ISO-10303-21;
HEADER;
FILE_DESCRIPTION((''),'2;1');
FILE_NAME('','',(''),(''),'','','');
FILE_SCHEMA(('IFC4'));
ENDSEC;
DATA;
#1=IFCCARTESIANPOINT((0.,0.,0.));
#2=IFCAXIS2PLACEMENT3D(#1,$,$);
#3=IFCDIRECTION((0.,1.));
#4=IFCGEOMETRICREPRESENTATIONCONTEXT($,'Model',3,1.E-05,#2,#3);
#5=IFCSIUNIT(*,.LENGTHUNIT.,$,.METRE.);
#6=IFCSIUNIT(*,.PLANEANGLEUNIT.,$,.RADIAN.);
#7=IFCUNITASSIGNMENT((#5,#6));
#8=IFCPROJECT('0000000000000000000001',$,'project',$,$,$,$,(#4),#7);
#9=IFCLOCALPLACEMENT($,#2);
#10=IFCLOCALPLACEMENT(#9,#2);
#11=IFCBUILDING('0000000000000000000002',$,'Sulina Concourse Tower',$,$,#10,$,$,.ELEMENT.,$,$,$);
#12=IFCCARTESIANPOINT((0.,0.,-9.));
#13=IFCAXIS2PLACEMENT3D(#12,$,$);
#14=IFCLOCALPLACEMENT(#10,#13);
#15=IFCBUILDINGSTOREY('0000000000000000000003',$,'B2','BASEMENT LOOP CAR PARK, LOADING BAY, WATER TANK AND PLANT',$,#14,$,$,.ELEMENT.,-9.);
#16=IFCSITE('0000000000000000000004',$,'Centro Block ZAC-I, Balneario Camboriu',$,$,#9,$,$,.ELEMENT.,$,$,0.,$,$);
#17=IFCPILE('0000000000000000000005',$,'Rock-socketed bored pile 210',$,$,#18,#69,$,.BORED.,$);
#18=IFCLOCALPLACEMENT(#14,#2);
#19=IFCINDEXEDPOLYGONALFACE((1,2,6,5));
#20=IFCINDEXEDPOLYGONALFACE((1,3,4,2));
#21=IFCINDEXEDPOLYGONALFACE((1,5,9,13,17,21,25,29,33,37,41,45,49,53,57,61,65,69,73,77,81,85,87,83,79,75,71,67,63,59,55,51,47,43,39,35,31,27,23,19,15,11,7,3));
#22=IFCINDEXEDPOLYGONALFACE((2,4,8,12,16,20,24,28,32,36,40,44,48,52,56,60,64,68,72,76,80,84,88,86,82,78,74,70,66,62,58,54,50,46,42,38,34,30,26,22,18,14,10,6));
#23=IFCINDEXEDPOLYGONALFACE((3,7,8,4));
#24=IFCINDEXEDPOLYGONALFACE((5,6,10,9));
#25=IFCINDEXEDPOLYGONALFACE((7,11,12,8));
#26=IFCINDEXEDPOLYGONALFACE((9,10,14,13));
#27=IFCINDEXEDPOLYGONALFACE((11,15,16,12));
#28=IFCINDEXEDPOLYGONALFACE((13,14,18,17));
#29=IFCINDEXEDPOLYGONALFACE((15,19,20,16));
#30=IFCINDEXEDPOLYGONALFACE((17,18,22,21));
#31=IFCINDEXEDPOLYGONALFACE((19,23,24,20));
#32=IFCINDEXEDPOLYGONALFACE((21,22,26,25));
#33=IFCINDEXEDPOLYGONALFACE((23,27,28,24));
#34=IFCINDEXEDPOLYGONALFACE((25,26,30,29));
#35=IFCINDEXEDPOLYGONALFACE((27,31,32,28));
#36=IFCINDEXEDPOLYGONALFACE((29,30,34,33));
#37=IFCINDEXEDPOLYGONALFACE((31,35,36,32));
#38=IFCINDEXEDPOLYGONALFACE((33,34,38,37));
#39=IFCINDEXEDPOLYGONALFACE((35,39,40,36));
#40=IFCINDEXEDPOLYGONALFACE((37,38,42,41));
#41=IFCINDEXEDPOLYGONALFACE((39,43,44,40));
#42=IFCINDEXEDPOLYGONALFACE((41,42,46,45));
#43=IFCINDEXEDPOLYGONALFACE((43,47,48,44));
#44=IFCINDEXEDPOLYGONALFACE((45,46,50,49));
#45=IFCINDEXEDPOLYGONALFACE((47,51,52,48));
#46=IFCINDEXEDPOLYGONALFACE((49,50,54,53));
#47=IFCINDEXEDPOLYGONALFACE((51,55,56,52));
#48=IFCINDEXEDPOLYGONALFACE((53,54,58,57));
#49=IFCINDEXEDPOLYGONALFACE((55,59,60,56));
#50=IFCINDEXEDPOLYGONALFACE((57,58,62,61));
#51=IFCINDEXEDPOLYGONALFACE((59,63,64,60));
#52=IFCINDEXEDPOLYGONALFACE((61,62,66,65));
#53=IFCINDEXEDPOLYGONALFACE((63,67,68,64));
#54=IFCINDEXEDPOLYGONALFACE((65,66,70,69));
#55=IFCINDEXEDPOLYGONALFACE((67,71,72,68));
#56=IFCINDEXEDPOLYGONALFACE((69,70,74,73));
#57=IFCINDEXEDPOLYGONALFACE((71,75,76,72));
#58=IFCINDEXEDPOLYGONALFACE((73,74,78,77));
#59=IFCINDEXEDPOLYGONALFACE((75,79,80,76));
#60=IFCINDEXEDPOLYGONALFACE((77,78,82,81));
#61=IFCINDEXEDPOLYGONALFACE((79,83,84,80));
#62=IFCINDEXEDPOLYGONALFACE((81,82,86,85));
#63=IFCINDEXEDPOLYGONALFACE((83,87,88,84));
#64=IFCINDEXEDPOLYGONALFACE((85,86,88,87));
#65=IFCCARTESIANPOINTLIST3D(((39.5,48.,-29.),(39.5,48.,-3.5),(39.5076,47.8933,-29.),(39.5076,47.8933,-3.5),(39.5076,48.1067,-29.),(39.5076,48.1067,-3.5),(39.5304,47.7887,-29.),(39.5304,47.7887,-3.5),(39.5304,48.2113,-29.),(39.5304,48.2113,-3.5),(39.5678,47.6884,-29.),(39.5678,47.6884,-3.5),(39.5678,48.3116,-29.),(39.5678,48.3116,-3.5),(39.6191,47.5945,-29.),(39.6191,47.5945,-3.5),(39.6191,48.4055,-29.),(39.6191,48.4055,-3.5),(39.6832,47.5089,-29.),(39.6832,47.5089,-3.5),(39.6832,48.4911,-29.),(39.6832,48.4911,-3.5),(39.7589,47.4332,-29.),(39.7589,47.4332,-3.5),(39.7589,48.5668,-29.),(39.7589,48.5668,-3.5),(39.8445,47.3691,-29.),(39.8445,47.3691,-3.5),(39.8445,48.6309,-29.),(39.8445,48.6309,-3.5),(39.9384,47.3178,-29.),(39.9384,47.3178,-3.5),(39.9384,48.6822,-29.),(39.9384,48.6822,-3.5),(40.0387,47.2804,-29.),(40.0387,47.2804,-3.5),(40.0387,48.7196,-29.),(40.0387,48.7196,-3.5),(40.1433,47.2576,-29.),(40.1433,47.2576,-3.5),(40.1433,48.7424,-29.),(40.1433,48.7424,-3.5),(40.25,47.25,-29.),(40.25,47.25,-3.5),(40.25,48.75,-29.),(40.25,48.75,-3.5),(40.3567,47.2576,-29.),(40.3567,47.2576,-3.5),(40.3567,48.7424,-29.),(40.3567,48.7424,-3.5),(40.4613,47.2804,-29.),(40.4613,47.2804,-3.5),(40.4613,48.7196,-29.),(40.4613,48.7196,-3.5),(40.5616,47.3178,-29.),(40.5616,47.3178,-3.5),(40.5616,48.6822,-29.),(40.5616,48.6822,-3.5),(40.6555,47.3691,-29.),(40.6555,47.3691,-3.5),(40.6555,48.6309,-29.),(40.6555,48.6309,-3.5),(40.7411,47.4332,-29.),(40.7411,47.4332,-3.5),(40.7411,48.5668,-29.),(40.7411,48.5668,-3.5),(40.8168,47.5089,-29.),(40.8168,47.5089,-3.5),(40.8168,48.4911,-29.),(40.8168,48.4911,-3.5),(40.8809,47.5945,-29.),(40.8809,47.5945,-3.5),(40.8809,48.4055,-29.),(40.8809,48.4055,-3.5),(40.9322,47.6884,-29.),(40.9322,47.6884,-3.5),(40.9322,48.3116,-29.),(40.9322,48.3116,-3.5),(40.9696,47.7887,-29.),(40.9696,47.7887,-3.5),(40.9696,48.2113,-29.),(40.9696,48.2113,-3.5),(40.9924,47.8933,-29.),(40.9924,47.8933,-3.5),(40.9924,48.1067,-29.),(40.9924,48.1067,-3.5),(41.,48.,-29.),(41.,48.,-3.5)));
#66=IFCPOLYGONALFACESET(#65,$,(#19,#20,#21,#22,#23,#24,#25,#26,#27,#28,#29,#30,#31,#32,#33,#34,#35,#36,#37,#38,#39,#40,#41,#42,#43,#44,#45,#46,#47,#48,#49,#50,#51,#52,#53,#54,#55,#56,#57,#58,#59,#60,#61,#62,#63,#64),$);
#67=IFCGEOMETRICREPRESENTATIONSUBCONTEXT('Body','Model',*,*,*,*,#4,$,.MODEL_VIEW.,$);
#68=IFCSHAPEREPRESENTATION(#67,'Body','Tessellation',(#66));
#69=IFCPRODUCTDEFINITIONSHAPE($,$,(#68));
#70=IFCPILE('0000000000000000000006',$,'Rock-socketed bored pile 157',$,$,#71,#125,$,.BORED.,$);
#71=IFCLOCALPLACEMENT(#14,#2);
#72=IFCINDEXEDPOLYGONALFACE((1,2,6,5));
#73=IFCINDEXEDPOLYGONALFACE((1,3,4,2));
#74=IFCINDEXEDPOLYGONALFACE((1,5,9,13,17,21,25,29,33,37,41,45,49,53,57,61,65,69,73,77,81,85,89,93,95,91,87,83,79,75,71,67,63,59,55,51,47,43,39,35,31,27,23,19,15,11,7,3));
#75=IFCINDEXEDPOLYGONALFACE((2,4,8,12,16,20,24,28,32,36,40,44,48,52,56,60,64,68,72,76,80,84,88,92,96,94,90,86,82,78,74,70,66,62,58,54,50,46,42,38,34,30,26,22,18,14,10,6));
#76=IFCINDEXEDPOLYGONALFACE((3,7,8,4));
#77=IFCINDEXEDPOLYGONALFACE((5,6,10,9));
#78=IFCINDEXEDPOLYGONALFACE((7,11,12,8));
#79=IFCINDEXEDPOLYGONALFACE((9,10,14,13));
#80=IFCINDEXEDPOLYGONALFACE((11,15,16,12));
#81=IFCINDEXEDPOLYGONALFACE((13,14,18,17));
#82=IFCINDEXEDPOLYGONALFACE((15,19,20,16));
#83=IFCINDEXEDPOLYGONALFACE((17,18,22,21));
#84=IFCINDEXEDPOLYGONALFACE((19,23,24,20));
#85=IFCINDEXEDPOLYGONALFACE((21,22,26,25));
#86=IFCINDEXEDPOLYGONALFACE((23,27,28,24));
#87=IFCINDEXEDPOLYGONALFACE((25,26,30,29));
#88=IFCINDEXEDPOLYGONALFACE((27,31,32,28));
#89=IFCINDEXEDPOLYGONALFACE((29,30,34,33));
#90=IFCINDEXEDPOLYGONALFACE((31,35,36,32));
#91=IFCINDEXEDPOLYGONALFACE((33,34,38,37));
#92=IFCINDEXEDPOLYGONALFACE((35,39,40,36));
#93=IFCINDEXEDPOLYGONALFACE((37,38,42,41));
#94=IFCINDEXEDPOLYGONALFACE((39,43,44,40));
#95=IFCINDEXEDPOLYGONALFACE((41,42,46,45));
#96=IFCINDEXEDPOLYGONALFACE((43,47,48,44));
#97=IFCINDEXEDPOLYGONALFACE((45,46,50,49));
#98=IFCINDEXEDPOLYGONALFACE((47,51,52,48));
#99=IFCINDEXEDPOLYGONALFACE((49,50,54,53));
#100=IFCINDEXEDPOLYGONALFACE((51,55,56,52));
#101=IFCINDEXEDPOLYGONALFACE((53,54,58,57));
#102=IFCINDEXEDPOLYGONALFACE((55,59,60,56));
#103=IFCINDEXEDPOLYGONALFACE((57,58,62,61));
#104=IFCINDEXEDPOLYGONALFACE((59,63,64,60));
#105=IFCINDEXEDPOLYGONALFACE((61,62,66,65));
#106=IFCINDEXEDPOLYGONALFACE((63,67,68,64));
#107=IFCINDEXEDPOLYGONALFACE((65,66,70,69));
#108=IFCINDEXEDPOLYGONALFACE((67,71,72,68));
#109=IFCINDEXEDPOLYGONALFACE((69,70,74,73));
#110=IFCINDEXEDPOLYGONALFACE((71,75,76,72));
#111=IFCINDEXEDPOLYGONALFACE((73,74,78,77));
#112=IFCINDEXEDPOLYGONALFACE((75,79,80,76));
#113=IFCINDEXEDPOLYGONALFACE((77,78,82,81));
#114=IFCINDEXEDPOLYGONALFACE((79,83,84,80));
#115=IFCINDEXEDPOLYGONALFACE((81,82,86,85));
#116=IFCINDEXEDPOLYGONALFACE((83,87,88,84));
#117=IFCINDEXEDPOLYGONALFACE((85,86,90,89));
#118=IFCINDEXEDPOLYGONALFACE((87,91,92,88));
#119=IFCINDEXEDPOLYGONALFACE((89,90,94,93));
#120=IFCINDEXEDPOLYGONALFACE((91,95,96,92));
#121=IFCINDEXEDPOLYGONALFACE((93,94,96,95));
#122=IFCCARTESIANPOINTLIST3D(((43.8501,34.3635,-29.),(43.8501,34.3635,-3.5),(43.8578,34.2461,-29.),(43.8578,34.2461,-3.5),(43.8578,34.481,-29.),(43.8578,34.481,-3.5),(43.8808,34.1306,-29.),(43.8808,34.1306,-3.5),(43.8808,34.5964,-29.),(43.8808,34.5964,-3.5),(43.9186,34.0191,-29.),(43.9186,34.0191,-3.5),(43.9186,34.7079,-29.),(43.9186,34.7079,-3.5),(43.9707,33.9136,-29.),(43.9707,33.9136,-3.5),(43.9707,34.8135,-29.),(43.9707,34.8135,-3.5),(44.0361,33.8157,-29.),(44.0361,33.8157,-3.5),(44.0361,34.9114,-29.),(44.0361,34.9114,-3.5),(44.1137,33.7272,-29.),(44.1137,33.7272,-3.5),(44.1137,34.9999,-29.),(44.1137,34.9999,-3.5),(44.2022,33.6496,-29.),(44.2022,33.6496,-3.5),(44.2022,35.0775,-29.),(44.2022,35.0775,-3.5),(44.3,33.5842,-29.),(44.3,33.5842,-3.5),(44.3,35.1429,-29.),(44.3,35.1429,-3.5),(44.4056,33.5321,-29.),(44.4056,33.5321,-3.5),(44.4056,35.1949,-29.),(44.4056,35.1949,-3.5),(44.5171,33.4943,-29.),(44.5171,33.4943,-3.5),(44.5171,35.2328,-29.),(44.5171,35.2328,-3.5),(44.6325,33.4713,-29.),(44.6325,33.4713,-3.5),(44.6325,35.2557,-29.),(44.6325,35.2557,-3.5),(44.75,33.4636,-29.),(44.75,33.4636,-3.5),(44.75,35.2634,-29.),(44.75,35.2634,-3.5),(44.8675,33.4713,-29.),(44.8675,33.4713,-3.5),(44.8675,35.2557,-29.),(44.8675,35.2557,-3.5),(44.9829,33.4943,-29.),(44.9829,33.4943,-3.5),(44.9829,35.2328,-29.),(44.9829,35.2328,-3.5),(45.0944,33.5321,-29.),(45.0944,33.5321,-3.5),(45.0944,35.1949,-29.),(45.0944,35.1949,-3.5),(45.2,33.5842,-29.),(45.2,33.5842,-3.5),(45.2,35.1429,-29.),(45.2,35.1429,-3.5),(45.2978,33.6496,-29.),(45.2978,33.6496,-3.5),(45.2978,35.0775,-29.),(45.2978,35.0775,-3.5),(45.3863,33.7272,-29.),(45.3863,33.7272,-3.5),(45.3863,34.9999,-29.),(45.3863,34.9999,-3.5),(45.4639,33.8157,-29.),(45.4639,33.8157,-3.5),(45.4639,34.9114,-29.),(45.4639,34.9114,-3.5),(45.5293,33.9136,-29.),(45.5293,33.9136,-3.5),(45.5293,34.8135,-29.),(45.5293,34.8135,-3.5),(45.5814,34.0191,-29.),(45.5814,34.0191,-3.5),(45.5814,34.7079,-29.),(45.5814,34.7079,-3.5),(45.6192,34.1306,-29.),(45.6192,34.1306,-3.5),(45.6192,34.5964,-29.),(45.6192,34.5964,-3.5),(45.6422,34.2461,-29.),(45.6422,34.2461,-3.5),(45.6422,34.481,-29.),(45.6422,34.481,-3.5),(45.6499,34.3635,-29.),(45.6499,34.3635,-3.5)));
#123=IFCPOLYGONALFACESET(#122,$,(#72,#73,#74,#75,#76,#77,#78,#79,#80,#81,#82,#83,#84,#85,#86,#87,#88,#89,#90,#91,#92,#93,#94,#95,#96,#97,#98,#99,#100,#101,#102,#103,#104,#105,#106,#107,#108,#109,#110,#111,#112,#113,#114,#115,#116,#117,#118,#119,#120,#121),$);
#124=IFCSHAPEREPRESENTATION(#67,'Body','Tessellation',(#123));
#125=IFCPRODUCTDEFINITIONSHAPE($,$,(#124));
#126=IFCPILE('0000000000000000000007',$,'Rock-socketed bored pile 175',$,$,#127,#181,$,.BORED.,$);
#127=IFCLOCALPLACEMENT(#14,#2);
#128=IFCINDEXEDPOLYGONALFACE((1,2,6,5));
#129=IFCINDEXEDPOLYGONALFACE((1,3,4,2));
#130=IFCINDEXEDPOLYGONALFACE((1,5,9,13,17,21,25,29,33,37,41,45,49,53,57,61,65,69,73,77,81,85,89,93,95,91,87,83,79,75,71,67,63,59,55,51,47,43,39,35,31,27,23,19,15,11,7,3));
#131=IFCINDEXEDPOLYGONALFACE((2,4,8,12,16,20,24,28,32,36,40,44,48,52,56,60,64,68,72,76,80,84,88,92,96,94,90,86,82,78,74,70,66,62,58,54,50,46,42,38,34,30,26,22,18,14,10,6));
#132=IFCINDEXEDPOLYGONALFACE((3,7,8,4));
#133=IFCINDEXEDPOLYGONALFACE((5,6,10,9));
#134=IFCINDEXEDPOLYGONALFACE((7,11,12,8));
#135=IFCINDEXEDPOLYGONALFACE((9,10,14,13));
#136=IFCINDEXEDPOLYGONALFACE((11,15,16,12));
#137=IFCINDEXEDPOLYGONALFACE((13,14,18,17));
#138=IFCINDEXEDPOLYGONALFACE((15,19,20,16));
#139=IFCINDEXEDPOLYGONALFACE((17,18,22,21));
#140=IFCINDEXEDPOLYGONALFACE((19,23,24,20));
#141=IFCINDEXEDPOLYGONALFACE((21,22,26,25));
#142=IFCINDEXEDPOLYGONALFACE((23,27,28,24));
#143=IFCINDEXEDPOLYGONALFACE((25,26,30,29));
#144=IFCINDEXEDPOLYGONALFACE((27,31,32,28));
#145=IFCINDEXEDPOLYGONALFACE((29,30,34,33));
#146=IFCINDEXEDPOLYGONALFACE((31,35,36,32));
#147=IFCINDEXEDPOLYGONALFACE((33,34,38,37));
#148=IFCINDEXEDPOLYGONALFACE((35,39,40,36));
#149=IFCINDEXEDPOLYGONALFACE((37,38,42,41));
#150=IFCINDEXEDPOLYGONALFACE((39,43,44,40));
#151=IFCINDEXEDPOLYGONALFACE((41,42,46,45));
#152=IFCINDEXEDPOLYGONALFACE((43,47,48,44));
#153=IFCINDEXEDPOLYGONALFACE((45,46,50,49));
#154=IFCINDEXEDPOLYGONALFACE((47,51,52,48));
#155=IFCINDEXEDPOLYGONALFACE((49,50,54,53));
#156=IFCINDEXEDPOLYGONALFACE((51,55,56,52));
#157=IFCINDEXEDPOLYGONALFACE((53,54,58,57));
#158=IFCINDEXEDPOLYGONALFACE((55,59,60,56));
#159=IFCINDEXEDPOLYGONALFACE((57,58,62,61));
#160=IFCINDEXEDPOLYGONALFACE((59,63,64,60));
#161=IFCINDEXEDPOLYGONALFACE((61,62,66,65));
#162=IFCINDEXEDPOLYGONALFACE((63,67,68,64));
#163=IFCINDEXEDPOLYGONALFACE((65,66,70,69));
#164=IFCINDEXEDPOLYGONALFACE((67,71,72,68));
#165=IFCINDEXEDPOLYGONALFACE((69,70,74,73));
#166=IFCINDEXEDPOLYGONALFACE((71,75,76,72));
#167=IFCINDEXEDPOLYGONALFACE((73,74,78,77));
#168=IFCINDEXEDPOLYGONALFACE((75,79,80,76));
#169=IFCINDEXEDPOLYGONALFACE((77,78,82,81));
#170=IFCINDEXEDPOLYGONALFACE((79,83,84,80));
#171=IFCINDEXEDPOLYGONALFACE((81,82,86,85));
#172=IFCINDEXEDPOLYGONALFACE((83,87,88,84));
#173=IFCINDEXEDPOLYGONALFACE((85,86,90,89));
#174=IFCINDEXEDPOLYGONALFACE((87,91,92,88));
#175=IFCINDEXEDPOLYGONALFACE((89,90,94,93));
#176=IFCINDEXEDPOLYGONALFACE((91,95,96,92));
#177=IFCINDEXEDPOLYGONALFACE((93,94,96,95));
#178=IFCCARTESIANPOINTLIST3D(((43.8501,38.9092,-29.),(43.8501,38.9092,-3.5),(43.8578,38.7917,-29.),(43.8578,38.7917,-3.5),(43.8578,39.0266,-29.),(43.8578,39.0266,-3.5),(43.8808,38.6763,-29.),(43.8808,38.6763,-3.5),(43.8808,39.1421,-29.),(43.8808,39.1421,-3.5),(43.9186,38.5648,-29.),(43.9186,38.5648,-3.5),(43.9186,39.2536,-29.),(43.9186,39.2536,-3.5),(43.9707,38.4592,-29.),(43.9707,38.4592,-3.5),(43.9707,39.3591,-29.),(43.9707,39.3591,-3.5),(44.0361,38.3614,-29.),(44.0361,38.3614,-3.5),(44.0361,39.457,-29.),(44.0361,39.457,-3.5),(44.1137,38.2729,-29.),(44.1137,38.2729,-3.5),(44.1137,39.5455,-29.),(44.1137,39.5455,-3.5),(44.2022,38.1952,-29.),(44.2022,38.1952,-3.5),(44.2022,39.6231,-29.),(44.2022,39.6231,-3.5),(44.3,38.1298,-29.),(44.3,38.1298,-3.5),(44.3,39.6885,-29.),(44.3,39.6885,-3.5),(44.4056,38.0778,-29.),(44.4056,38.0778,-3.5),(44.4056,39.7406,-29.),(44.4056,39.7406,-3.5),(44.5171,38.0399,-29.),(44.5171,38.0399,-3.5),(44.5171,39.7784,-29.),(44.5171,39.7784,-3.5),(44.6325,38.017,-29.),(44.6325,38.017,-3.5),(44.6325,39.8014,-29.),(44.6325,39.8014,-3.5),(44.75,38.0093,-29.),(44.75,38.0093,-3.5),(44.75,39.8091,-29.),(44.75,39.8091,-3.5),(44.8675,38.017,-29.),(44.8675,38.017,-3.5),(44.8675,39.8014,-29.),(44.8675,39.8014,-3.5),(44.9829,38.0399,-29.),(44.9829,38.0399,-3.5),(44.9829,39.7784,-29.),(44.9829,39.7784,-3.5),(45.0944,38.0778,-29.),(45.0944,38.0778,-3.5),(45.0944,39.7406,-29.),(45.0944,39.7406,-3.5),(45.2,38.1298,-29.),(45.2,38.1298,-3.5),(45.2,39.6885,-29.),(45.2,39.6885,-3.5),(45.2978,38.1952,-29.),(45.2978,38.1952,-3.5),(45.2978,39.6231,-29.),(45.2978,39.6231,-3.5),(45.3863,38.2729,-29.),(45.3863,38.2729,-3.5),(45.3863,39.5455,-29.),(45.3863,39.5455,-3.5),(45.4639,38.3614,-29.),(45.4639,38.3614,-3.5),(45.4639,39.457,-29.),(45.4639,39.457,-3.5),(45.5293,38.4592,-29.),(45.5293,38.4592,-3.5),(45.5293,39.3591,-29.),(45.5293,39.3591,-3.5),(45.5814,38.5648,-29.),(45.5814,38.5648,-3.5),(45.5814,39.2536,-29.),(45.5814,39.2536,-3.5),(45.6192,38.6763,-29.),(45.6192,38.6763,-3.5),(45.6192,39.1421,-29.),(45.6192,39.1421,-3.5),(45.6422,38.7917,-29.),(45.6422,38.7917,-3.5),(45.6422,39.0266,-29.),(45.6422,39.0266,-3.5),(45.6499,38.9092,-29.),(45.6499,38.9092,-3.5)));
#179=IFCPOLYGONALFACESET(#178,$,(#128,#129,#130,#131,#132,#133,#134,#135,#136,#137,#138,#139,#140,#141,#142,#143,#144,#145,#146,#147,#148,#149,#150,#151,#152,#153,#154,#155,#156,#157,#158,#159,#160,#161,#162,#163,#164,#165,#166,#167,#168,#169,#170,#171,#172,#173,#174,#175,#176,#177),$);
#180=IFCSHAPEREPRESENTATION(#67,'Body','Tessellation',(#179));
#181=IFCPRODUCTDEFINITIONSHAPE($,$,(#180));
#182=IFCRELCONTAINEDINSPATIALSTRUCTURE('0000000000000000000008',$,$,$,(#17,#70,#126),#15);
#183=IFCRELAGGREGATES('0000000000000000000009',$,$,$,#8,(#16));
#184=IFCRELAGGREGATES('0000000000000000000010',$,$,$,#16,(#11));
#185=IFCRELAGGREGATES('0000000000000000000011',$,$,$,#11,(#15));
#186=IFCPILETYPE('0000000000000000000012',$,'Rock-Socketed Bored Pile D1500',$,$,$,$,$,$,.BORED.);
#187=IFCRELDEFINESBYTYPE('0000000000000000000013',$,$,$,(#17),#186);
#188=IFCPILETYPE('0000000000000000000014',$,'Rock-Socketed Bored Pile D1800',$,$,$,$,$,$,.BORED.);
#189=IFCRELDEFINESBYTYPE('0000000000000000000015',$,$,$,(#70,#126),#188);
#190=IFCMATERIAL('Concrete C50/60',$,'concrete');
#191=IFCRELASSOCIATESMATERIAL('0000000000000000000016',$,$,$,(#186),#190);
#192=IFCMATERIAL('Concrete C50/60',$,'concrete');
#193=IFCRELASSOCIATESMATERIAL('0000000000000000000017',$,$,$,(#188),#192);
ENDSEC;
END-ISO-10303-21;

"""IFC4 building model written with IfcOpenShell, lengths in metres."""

from ifc_helpers import new_model, si_unit, direction, frame, origin, origin_2d, place, context, subcontext, project, spatial, circle, extrude, material, material_profile, profile_set, type_object, element, save


model = new_model("IFC4")

# Units and contexts
model_context = context("Model", 3, precision=1e-05, world=origin(), true_north=direction((0.0, 1.0)))
body_context = subcontext(model_context, "Body", "Model", "MODEL_VIEW")
ifc_project = project(units=[si_unit("LENGTHUNIT", "METRE"), si_unit("PLANEANGLEUNIT", "RADIAN")], contexts=[model_context])

# Site, building, storey
site_placement = place(None, origin())
site = spatial("IfcSite", under=ifc_project, at=site_placement, Name="Centro Block ZAC-I, Balneario Camboriu", CompositionType="ELEMENT", RefElevation=0.0)
building_placement = place(site_placement, origin())
building = spatial("IfcBuilding", under=site, at=building_placement, Name="Sulina Concourse Tower", CompositionType="ELEMENT")
storey_placement = place(building_placement, frame((0.0, 0.0, -9.0)))
storey = spatial("IfcBuildingStorey", under=building, at=storey_placement, Name="B2", Description="BASEMENT LOOP CAR PARK, LOADING BAY, WATER TANK AND PLANT", CompositionType="ELEMENT", Elevation=-9.0)

# Piles
ifc_material_1 = material(Name="Concrete C50/60", Category="concrete")
ifc_material_profile_1 = material_profile(ifc_material_1, circle(Radius=0.75, at=origin_2d()), Name="PILE D1500")
ifc_profile_set_1 = profile_set([ifc_material_profile_1], Name="Concrete C50/60")
pile_type_1 = type_object("IfcPileType", Name="Rock-Socketed Bored Pile D1500", PredefinedType="BORED", material=ifc_profile_set_1)
for number, where, z_axis, x_axis, name in (
    (1, (40.25, 48.0, -3.5), (0.0, 0.0, -1.0), (1.0, 0.0, 0.0), "Rock-socketed bored pile 210"),
):
    element("IfcPile", number, at=place(storey_placement, frame(where, z_axis=z_axis, x_axis=x_axis)), inside=storey, type_object=pile_type_1, Name=name, PredefinedType="BORED", context=body_context, shape_type="SweptSolid", body=[
        extrude(circle(Radius=0.75, at=origin_2d()), origin(), (0.0, 0.0, 1.0), 25.5),
    ])
ifc_material_2 = material(Name="Concrete C50/60", Category="concrete")
ifc_material_profile_2 = material_profile(ifc_material_2, circle(Radius=0.8999, at=origin_2d()), Name="PILE D1800")
ifc_profile_set_2 = profile_set([ifc_material_profile_2], Name="Concrete C50/60")
pile_type_2 = type_object("IfcPileType", Name="Rock-Socketed Bored Pile D1800", PredefinedType="BORED", material=ifc_profile_set_2)
for number, where, z_axis, x_axis, name in (
    (2, (44.75, 34.3635, -3.5), (0.0, 0.0, -1.0), (1.0, 0.0, 0.0), "Rock-socketed bored pile 157"),
    (3, (44.75, 38.9092, -3.5), (0.0, 0.0, -1.0), (1.0, 0.0, 0.0), "Rock-socketed bored pile 175"),
):
    element("IfcPile", number, at=place(storey_placement, frame(where, z_axis=z_axis, x_axis=x_axis)), inside=storey, type_object=pile_type_2, Name=name, PredefinedType="BORED", context=body_context, shape_type="SweptSolid", body=[
        extrude(circle(Radius=0.8999, at=origin_2d()), origin(), (0.0, 0.0, 1.0), 25.5),
    ])

save(model, "model.ifc")
